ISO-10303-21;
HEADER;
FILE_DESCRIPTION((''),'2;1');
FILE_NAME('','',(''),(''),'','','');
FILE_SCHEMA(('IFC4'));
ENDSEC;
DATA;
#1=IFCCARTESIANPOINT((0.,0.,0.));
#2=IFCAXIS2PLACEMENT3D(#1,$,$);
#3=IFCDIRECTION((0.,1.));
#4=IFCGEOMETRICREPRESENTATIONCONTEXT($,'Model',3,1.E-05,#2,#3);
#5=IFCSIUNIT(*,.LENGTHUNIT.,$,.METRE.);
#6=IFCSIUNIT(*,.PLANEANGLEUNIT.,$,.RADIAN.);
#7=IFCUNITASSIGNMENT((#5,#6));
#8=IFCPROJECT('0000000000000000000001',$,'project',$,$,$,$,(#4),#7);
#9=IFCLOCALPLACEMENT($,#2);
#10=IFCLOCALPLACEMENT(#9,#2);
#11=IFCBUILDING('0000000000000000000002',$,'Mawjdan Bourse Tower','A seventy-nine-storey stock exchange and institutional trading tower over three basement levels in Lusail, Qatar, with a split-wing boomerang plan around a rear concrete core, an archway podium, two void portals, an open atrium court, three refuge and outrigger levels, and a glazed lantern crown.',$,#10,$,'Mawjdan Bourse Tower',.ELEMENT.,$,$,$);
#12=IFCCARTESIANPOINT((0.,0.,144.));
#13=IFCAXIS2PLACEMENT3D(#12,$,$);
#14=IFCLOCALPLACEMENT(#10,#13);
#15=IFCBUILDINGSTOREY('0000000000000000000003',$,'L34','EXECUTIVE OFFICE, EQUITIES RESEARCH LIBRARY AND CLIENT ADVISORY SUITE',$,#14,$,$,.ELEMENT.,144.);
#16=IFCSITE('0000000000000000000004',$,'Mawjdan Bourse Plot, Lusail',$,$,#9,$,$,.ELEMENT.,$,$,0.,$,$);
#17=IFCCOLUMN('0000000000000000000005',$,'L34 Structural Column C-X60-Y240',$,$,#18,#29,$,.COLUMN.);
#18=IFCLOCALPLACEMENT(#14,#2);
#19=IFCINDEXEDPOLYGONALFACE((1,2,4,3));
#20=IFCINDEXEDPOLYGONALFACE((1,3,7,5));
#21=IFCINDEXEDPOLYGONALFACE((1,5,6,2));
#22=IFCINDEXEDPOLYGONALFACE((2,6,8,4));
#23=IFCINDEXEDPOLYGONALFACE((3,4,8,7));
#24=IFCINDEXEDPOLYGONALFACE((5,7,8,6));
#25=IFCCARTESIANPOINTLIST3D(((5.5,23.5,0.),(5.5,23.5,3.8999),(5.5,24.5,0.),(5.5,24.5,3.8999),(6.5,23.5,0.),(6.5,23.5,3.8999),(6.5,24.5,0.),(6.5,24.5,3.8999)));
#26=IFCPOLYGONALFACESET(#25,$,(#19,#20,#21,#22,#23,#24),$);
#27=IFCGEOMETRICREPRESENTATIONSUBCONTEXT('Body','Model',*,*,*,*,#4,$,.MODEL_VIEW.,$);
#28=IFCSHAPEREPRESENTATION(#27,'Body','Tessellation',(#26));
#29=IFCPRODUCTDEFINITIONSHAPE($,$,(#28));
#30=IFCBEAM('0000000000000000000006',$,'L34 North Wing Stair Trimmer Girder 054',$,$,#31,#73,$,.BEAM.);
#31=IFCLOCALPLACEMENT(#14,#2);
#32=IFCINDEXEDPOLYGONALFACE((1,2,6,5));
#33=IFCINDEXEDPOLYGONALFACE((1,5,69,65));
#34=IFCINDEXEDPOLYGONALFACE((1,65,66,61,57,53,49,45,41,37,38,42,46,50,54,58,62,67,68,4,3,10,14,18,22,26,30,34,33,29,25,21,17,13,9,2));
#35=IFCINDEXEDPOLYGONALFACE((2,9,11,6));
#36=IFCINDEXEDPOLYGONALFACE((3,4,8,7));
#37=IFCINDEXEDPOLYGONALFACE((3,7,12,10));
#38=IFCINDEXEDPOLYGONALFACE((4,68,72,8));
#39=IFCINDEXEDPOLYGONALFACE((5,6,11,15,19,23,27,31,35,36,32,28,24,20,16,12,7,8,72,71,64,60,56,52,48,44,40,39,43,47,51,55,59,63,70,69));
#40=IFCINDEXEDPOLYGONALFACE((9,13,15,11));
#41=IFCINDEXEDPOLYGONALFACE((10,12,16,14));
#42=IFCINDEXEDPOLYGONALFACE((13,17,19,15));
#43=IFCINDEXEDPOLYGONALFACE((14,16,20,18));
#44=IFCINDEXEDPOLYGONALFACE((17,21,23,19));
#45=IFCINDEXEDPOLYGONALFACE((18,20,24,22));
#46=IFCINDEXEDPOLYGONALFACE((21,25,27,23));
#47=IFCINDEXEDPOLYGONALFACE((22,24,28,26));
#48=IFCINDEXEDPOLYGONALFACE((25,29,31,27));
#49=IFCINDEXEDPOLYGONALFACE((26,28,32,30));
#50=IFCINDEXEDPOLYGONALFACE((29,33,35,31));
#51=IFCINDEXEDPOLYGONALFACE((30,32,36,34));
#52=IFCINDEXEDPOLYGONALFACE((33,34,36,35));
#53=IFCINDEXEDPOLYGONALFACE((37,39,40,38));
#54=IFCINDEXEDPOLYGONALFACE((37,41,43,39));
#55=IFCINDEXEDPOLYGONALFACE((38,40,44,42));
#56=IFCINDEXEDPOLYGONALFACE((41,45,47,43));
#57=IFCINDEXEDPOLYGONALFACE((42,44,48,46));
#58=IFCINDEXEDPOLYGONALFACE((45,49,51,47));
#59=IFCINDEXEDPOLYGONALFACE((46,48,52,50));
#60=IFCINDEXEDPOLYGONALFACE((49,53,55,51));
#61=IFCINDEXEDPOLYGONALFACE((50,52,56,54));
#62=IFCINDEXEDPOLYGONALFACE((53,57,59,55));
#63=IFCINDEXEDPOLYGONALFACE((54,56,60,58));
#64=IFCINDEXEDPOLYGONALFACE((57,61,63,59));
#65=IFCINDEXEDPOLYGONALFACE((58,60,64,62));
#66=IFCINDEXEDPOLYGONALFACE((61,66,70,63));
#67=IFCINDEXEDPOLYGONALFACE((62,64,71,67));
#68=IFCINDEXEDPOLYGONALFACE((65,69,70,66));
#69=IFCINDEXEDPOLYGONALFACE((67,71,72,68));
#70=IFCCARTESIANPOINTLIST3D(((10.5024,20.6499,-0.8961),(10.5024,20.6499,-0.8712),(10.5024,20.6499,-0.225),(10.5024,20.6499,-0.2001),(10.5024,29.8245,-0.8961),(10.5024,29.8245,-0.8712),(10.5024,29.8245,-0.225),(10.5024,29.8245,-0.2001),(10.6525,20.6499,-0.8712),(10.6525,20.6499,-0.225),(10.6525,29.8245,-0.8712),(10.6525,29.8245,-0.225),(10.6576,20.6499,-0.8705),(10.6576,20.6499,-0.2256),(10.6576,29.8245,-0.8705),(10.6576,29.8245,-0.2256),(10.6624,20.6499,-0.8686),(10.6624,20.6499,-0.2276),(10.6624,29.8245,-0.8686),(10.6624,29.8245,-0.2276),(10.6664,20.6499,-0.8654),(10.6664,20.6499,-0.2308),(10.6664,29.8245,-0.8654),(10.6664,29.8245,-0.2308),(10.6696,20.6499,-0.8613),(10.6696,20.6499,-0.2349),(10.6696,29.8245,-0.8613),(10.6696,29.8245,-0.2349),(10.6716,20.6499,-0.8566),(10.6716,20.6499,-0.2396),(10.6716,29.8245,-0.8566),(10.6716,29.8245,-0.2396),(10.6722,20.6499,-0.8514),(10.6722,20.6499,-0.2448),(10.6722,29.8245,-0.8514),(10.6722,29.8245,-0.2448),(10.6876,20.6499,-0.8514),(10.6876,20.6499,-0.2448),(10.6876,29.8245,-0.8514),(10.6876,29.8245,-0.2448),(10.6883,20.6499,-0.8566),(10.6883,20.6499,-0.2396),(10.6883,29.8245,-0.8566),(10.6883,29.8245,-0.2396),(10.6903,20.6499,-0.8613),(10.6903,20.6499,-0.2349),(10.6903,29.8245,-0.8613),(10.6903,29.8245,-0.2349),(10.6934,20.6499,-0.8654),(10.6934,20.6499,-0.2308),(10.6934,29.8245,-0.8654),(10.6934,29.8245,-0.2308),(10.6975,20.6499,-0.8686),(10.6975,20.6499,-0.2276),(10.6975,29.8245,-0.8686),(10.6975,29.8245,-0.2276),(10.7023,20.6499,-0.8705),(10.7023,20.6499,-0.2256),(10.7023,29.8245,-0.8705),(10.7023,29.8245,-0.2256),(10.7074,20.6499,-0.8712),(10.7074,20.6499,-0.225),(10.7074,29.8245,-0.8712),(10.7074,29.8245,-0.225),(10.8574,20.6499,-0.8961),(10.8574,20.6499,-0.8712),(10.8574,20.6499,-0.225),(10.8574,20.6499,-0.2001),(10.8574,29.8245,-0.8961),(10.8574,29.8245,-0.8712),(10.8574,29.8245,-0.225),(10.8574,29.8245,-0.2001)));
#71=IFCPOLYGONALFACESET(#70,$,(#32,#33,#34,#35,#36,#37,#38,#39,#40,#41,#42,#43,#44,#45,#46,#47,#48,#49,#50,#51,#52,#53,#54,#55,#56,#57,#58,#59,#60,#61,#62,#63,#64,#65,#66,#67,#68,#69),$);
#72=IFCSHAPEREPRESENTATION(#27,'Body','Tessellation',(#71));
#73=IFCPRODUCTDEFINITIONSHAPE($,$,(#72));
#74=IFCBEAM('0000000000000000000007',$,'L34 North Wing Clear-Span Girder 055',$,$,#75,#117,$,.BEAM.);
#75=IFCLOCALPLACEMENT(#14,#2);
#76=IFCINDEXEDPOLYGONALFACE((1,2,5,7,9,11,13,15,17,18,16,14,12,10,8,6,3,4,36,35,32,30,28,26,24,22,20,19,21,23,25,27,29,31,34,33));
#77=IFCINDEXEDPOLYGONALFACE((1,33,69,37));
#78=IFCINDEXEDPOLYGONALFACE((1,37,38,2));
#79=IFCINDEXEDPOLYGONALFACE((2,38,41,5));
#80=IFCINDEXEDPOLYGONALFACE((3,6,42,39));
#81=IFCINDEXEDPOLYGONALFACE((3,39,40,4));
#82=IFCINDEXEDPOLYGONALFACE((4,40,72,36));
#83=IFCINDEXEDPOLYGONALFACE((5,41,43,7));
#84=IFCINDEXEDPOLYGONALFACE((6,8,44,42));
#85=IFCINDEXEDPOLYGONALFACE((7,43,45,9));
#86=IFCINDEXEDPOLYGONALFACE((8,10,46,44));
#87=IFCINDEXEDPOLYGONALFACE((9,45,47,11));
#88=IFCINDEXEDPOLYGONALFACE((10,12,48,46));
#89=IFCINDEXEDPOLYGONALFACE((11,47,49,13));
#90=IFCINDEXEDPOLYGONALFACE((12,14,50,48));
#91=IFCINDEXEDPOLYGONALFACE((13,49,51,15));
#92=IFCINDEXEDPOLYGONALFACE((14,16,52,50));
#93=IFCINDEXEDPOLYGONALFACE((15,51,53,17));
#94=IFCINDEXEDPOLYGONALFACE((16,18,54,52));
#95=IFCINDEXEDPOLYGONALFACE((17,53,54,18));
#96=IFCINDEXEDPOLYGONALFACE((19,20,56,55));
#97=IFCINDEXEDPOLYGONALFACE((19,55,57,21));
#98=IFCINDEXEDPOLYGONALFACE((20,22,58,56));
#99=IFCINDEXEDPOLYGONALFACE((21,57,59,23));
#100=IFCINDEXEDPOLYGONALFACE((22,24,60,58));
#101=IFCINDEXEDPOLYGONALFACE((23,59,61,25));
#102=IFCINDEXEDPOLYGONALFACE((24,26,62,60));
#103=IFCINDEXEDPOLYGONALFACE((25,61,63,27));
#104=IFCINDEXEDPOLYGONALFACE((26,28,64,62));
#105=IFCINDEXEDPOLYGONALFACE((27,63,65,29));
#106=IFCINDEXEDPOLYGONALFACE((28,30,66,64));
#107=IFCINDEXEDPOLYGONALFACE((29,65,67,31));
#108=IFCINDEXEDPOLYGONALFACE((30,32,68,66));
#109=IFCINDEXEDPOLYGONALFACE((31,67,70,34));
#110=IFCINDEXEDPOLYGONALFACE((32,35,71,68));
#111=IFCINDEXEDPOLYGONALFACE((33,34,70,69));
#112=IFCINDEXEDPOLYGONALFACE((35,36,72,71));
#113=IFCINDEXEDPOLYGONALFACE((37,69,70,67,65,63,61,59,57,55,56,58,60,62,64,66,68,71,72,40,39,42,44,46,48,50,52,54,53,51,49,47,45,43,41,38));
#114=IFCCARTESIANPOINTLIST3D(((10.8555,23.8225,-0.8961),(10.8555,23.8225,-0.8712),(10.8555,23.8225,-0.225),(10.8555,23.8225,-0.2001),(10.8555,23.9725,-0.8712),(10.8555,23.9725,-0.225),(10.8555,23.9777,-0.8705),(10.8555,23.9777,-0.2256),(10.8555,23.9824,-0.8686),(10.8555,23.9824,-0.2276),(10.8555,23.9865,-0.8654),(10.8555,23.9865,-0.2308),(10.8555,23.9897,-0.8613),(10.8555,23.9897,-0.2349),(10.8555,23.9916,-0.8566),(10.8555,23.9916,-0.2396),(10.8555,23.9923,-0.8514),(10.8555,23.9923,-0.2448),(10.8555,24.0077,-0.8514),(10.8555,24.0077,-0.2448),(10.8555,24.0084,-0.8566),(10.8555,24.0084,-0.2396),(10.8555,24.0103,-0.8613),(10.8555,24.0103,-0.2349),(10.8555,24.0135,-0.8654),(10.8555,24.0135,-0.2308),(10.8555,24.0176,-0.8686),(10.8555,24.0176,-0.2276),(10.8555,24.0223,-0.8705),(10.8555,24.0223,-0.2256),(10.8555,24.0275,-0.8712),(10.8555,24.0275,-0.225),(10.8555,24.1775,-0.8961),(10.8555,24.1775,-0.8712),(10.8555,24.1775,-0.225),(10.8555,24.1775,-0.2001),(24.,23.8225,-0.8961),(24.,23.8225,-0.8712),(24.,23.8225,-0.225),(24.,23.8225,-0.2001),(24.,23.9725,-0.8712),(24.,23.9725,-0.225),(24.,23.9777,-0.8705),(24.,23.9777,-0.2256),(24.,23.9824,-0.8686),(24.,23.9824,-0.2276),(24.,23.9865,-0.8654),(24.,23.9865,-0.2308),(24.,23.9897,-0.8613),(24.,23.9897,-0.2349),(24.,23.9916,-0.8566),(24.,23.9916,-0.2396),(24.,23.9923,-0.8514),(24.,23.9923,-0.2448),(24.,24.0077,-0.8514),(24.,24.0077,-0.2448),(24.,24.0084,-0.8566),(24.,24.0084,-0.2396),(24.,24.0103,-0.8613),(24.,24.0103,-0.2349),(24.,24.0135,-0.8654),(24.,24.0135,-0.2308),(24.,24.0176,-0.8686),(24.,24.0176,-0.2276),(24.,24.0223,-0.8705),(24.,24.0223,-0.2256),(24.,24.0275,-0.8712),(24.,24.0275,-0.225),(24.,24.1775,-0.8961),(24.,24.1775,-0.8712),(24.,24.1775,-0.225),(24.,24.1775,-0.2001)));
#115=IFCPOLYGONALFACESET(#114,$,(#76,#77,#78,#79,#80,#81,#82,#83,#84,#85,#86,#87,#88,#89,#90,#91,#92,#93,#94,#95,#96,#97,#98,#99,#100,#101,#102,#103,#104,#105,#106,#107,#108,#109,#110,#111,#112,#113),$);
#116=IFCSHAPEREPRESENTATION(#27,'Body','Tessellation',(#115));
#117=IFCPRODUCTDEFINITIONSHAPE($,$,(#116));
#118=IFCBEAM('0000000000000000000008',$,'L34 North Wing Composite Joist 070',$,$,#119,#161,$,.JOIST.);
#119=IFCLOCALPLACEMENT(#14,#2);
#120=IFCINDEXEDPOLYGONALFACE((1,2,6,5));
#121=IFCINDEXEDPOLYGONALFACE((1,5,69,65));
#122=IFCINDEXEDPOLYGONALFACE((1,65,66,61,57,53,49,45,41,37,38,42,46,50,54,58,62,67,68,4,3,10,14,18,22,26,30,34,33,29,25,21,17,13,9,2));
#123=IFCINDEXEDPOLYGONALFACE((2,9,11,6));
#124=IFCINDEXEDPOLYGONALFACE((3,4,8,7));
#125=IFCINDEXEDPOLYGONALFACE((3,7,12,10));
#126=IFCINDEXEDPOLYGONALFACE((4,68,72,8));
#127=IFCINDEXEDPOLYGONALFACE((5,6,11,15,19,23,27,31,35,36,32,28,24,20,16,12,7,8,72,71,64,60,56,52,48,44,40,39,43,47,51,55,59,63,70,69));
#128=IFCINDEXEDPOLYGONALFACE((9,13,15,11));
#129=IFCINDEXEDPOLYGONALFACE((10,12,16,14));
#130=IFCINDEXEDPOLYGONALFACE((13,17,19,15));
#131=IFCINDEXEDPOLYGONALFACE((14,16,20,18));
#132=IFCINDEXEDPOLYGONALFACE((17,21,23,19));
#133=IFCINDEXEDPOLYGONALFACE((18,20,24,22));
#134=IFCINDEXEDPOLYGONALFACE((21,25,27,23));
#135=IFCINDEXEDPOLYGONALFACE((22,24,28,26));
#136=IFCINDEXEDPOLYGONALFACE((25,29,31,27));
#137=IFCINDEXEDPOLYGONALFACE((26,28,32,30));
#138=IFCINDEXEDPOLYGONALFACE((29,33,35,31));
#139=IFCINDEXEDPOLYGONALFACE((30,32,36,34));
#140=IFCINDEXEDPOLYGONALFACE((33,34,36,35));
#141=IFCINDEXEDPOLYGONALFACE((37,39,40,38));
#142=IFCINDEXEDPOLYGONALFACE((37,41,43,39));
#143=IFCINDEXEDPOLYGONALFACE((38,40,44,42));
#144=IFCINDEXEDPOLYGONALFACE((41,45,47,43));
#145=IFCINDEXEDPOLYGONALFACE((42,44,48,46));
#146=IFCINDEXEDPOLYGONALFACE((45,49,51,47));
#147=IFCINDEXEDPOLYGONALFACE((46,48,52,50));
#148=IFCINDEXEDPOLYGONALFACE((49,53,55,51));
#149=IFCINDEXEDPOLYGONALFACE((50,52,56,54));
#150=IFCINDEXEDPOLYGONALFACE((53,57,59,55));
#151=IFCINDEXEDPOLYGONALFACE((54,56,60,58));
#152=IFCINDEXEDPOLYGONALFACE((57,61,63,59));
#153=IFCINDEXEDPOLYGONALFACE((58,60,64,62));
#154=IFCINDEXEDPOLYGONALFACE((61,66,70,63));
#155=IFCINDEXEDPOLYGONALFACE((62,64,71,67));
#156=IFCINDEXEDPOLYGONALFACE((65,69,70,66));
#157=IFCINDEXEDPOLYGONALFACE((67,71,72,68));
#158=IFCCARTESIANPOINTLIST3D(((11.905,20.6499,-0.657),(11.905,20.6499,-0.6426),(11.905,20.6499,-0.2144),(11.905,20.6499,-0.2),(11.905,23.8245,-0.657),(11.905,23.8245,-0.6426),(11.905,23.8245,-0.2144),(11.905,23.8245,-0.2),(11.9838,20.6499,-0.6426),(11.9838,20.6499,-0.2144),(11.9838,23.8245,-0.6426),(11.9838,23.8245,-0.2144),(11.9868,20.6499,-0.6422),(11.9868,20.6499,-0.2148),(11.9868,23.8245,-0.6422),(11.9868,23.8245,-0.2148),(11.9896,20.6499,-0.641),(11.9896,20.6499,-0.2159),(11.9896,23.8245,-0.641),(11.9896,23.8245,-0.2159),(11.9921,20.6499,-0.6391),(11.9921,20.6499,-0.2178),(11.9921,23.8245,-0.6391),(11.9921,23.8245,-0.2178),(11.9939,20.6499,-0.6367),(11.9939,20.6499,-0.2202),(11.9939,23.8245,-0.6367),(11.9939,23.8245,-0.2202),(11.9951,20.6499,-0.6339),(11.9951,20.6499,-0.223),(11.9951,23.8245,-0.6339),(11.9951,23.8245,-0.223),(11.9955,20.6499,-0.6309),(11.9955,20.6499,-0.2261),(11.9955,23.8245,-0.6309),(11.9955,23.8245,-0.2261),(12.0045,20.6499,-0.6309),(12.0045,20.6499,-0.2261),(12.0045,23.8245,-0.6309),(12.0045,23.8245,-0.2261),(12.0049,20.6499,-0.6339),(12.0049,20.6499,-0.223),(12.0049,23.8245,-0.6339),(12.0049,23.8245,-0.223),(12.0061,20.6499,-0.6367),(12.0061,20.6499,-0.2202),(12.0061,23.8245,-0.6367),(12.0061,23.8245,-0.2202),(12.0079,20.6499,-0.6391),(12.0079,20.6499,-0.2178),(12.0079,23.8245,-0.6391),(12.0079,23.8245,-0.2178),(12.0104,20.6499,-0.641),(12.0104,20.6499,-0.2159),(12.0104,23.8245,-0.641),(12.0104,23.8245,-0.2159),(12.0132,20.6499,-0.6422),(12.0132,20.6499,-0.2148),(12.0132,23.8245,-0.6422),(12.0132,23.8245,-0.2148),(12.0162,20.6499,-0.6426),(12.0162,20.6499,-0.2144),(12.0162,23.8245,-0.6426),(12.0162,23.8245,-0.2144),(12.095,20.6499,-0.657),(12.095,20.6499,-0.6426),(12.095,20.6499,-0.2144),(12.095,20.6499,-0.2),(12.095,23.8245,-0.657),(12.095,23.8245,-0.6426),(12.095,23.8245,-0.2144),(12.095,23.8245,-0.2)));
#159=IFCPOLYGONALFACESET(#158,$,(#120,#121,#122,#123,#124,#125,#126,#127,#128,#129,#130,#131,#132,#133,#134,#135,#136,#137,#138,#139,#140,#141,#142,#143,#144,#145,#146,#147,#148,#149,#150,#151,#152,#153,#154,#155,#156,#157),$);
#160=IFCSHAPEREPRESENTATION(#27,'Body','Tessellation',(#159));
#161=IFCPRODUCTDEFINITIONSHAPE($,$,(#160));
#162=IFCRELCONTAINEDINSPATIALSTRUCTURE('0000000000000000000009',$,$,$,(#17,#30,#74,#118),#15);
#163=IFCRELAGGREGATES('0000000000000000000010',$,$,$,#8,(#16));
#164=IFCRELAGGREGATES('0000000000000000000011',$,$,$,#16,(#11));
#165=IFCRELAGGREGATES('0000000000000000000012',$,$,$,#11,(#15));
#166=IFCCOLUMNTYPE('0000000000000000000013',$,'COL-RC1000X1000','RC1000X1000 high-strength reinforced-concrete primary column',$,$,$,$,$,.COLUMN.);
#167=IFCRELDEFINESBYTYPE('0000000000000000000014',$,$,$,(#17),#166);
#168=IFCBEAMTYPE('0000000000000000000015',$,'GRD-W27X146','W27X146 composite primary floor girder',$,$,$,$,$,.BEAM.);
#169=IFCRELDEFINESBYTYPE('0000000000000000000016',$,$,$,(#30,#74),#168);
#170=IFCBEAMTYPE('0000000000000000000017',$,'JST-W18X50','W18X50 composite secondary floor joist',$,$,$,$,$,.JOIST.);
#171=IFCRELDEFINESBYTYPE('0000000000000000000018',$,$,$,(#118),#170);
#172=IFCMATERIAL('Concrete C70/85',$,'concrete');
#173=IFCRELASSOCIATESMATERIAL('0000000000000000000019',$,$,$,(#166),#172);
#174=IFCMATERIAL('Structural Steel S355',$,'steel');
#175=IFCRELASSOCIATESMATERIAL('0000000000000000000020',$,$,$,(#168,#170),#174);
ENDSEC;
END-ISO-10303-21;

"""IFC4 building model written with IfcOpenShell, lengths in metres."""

from ifc_helpers import new_model, si_unit, direction, frame, origin, origin_2d, place, context, subcontext, project, spatial, rectangle, i_section, extrude, material, material_profile, profile_set, type_object, element, save


model = new_model("IFC4")

# Units and contexts
model_context = context("Model", 3, precision=1e-05, world=origin(), true_north=direction((0.0, 1.0)))
body_context = subcontext(model_context, "Body", "Model", "MODEL_VIEW")
ifc_project = project(units=[si_unit("LENGTHUNIT", "METRE"), si_unit("PLANEANGLEUNIT", "RADIAN")], contexts=[model_context])

# Site, building, storey
site_placement = place(None, origin())
site = spatial("IfcSite", under=ifc_project, at=site_placement, Name="Mawjdan Bourse Plot, Lusail", CompositionType="ELEMENT", RefElevation=0.0)
building_placement = place(site_placement, origin())
building = spatial("IfcBuilding", under=site, at=building_placement, Name="Mawjdan Bourse Tower", Description="A seventy-nine-storey stock exchange and institutional trading tower over three basement levels in Lusail, Qatar, with a split-wing boomerang plan around a rear concrete core, an archway podium, two void portals, an open atrium court, three refuge and outrigger levels, and a glazed lantern crown.", LongName="Mawjdan Bourse Tower", CompositionType="ELEMENT")
storey_placement = place(building_placement, frame((0.0, 0.0, 144.0)))
storey = spatial("IfcBuildingStorey", under=building, at=storey_placement, Name="L34", Description="EXECUTIVE OFFICE, EQUITIES RESEARCH LIBRARY AND CLIENT ADVISORY SUITE", CompositionType="ELEMENT", Elevation=144.0)

# Column
ifc_material_1 = material(Name="Concrete C70/85", Category="concrete")
ifc_material_profile_1 = material_profile(ifc_material_1, rectangle(XDim=1.0, YDim=1.0, at=origin_2d()), Name="RC1000X1000")
ifc_profile_set_1 = profile_set([ifc_material_profile_1], Name="Concrete C70/85")
column_type = type_object("IfcColumnType", Name="COL-RC1000X1000", Description="RC1000X1000 high-strength reinforced-concrete primary column", PredefinedType="COLUMN", material=ifc_profile_set_1)
column_placement = place(storey_placement, frame((6.0, 24.0, 0.0), z_axis=(0.0, 0.0, 1.0), x_axis=(1.0, 0.0, 0.0)))
element("IfcColumn", 1, at=column_placement, inside=storey, type_object=column_type, Name="L34 Structural Column C-X60-Y240", PredefinedType="COLUMN", context=body_context, shape_type="SweptSolid", body=[
    extrude(rectangle(XDim=1.0, YDim=1.0, at=origin_2d()), origin(), (0.0, 0.0, 1.0), 3.8999),
])

# Beams
ifc_material_2 = material(Name="Structural Steel S355", Category="steel")
ifc_material_profile_2 = material_profile(ifc_material_2, i_section(OverallWidth=0.355, OverallDepth=0.696, WebThickness=0.0154, FlangeThickness=0.0249, FilletRadius=0.0198, at=origin_2d()), Name="W27X146")
ifc_profile_set_2 = profile_set([ifc_material_profile_2], Name="Structural Steel S355")
beam_type_1 = type_object("IfcBeamType", Name="GRD-W27X146", Description="W27X146 composite primary floor girder", PredefinedType="BEAM", material=ifc_profile_set_2)
beam_1_placement = place(storey_placement, frame((10.6799, 20.6499, -0.5481), z_axis=(0.0, 1.0, 0.0), x_axis=(-1.0, 0.0, 0.0)))
element("IfcBeam", 2, at=beam_1_placement, inside=storey, type_object=beam_type_1, Name="L34 North Wing Stair Trimmer Girder 054", PredefinedType="BEAM", context=body_context, shape_type="SweptSolid", body=[
    extrude(i_section(OverallWidth=0.355, OverallDepth=0.696, WebThickness=0.0154, FlangeThickness=0.0249, FilletRadius=0.0198, at=origin_2d()), origin(), (0.0, 0.0, 1.0), 9.1746),
])
beam_2_placement = place(storey_placement, frame((10.8555, 24.0, -0.5481), z_axis=(1.0, 0.0, 0.0), x_axis=(0.0, 1.0, 0.0)))
element("IfcBeam", 3, at=beam_2_placement, inside=storey, type_object=beam_type_1, Name="L34 North Wing Clear-Span Girder 055", PredefinedType="BEAM", context=body_context, shape_type="SweptSolid", body=[
    extrude(i_section(OverallWidth=0.355, OverallDepth=0.696, WebThickness=0.0154, FlangeThickness=0.0249, FilletRadius=0.0198, at=origin_2d()), origin(), (0.0, 0.0, 1.0), 13.1445),
])
ifc_material_profile_3 = material_profile(ifc_material_2, i_section(OverallWidth=0.1899, OverallDepth=0.457, WebThickness=0.009, FlangeThickness=0.0144, FilletRadius=0.0117, at=origin_2d()), Name="W18X50")
ifc_profile_set_3 = profile_set([ifc_material_profile_3], Name="Structural Steel S355")
beam_type_2 = type_object("IfcBeamType", Name="JST-W18X50", Description="W18X50 composite secondary floor joist", PredefinedType="JOIST", material=ifc_profile_set_3)
beam_3_placement = place(storey_placement, frame((12.0, 20.6499, -0.4285), z_axis=(0.0, 1.0, 0.0), x_axis=(-1.0, 0.0, 0.0)))
element("IfcBeam", 4, at=beam_3_placement, inside=storey, type_object=beam_type_2, Name="L34 North Wing Composite Joist 070", PredefinedType="JOIST", context=body_context, shape_type="SweptSolid", body=[
    extrude(i_section(OverallWidth=0.1899, OverallDepth=0.457, WebThickness=0.009, FlangeThickness=0.0144, FilletRadius=0.0117, at=origin_2d()), origin(), (0.0, 0.0, 1.0), 3.1746),
])

save(model, "model.ifc")
